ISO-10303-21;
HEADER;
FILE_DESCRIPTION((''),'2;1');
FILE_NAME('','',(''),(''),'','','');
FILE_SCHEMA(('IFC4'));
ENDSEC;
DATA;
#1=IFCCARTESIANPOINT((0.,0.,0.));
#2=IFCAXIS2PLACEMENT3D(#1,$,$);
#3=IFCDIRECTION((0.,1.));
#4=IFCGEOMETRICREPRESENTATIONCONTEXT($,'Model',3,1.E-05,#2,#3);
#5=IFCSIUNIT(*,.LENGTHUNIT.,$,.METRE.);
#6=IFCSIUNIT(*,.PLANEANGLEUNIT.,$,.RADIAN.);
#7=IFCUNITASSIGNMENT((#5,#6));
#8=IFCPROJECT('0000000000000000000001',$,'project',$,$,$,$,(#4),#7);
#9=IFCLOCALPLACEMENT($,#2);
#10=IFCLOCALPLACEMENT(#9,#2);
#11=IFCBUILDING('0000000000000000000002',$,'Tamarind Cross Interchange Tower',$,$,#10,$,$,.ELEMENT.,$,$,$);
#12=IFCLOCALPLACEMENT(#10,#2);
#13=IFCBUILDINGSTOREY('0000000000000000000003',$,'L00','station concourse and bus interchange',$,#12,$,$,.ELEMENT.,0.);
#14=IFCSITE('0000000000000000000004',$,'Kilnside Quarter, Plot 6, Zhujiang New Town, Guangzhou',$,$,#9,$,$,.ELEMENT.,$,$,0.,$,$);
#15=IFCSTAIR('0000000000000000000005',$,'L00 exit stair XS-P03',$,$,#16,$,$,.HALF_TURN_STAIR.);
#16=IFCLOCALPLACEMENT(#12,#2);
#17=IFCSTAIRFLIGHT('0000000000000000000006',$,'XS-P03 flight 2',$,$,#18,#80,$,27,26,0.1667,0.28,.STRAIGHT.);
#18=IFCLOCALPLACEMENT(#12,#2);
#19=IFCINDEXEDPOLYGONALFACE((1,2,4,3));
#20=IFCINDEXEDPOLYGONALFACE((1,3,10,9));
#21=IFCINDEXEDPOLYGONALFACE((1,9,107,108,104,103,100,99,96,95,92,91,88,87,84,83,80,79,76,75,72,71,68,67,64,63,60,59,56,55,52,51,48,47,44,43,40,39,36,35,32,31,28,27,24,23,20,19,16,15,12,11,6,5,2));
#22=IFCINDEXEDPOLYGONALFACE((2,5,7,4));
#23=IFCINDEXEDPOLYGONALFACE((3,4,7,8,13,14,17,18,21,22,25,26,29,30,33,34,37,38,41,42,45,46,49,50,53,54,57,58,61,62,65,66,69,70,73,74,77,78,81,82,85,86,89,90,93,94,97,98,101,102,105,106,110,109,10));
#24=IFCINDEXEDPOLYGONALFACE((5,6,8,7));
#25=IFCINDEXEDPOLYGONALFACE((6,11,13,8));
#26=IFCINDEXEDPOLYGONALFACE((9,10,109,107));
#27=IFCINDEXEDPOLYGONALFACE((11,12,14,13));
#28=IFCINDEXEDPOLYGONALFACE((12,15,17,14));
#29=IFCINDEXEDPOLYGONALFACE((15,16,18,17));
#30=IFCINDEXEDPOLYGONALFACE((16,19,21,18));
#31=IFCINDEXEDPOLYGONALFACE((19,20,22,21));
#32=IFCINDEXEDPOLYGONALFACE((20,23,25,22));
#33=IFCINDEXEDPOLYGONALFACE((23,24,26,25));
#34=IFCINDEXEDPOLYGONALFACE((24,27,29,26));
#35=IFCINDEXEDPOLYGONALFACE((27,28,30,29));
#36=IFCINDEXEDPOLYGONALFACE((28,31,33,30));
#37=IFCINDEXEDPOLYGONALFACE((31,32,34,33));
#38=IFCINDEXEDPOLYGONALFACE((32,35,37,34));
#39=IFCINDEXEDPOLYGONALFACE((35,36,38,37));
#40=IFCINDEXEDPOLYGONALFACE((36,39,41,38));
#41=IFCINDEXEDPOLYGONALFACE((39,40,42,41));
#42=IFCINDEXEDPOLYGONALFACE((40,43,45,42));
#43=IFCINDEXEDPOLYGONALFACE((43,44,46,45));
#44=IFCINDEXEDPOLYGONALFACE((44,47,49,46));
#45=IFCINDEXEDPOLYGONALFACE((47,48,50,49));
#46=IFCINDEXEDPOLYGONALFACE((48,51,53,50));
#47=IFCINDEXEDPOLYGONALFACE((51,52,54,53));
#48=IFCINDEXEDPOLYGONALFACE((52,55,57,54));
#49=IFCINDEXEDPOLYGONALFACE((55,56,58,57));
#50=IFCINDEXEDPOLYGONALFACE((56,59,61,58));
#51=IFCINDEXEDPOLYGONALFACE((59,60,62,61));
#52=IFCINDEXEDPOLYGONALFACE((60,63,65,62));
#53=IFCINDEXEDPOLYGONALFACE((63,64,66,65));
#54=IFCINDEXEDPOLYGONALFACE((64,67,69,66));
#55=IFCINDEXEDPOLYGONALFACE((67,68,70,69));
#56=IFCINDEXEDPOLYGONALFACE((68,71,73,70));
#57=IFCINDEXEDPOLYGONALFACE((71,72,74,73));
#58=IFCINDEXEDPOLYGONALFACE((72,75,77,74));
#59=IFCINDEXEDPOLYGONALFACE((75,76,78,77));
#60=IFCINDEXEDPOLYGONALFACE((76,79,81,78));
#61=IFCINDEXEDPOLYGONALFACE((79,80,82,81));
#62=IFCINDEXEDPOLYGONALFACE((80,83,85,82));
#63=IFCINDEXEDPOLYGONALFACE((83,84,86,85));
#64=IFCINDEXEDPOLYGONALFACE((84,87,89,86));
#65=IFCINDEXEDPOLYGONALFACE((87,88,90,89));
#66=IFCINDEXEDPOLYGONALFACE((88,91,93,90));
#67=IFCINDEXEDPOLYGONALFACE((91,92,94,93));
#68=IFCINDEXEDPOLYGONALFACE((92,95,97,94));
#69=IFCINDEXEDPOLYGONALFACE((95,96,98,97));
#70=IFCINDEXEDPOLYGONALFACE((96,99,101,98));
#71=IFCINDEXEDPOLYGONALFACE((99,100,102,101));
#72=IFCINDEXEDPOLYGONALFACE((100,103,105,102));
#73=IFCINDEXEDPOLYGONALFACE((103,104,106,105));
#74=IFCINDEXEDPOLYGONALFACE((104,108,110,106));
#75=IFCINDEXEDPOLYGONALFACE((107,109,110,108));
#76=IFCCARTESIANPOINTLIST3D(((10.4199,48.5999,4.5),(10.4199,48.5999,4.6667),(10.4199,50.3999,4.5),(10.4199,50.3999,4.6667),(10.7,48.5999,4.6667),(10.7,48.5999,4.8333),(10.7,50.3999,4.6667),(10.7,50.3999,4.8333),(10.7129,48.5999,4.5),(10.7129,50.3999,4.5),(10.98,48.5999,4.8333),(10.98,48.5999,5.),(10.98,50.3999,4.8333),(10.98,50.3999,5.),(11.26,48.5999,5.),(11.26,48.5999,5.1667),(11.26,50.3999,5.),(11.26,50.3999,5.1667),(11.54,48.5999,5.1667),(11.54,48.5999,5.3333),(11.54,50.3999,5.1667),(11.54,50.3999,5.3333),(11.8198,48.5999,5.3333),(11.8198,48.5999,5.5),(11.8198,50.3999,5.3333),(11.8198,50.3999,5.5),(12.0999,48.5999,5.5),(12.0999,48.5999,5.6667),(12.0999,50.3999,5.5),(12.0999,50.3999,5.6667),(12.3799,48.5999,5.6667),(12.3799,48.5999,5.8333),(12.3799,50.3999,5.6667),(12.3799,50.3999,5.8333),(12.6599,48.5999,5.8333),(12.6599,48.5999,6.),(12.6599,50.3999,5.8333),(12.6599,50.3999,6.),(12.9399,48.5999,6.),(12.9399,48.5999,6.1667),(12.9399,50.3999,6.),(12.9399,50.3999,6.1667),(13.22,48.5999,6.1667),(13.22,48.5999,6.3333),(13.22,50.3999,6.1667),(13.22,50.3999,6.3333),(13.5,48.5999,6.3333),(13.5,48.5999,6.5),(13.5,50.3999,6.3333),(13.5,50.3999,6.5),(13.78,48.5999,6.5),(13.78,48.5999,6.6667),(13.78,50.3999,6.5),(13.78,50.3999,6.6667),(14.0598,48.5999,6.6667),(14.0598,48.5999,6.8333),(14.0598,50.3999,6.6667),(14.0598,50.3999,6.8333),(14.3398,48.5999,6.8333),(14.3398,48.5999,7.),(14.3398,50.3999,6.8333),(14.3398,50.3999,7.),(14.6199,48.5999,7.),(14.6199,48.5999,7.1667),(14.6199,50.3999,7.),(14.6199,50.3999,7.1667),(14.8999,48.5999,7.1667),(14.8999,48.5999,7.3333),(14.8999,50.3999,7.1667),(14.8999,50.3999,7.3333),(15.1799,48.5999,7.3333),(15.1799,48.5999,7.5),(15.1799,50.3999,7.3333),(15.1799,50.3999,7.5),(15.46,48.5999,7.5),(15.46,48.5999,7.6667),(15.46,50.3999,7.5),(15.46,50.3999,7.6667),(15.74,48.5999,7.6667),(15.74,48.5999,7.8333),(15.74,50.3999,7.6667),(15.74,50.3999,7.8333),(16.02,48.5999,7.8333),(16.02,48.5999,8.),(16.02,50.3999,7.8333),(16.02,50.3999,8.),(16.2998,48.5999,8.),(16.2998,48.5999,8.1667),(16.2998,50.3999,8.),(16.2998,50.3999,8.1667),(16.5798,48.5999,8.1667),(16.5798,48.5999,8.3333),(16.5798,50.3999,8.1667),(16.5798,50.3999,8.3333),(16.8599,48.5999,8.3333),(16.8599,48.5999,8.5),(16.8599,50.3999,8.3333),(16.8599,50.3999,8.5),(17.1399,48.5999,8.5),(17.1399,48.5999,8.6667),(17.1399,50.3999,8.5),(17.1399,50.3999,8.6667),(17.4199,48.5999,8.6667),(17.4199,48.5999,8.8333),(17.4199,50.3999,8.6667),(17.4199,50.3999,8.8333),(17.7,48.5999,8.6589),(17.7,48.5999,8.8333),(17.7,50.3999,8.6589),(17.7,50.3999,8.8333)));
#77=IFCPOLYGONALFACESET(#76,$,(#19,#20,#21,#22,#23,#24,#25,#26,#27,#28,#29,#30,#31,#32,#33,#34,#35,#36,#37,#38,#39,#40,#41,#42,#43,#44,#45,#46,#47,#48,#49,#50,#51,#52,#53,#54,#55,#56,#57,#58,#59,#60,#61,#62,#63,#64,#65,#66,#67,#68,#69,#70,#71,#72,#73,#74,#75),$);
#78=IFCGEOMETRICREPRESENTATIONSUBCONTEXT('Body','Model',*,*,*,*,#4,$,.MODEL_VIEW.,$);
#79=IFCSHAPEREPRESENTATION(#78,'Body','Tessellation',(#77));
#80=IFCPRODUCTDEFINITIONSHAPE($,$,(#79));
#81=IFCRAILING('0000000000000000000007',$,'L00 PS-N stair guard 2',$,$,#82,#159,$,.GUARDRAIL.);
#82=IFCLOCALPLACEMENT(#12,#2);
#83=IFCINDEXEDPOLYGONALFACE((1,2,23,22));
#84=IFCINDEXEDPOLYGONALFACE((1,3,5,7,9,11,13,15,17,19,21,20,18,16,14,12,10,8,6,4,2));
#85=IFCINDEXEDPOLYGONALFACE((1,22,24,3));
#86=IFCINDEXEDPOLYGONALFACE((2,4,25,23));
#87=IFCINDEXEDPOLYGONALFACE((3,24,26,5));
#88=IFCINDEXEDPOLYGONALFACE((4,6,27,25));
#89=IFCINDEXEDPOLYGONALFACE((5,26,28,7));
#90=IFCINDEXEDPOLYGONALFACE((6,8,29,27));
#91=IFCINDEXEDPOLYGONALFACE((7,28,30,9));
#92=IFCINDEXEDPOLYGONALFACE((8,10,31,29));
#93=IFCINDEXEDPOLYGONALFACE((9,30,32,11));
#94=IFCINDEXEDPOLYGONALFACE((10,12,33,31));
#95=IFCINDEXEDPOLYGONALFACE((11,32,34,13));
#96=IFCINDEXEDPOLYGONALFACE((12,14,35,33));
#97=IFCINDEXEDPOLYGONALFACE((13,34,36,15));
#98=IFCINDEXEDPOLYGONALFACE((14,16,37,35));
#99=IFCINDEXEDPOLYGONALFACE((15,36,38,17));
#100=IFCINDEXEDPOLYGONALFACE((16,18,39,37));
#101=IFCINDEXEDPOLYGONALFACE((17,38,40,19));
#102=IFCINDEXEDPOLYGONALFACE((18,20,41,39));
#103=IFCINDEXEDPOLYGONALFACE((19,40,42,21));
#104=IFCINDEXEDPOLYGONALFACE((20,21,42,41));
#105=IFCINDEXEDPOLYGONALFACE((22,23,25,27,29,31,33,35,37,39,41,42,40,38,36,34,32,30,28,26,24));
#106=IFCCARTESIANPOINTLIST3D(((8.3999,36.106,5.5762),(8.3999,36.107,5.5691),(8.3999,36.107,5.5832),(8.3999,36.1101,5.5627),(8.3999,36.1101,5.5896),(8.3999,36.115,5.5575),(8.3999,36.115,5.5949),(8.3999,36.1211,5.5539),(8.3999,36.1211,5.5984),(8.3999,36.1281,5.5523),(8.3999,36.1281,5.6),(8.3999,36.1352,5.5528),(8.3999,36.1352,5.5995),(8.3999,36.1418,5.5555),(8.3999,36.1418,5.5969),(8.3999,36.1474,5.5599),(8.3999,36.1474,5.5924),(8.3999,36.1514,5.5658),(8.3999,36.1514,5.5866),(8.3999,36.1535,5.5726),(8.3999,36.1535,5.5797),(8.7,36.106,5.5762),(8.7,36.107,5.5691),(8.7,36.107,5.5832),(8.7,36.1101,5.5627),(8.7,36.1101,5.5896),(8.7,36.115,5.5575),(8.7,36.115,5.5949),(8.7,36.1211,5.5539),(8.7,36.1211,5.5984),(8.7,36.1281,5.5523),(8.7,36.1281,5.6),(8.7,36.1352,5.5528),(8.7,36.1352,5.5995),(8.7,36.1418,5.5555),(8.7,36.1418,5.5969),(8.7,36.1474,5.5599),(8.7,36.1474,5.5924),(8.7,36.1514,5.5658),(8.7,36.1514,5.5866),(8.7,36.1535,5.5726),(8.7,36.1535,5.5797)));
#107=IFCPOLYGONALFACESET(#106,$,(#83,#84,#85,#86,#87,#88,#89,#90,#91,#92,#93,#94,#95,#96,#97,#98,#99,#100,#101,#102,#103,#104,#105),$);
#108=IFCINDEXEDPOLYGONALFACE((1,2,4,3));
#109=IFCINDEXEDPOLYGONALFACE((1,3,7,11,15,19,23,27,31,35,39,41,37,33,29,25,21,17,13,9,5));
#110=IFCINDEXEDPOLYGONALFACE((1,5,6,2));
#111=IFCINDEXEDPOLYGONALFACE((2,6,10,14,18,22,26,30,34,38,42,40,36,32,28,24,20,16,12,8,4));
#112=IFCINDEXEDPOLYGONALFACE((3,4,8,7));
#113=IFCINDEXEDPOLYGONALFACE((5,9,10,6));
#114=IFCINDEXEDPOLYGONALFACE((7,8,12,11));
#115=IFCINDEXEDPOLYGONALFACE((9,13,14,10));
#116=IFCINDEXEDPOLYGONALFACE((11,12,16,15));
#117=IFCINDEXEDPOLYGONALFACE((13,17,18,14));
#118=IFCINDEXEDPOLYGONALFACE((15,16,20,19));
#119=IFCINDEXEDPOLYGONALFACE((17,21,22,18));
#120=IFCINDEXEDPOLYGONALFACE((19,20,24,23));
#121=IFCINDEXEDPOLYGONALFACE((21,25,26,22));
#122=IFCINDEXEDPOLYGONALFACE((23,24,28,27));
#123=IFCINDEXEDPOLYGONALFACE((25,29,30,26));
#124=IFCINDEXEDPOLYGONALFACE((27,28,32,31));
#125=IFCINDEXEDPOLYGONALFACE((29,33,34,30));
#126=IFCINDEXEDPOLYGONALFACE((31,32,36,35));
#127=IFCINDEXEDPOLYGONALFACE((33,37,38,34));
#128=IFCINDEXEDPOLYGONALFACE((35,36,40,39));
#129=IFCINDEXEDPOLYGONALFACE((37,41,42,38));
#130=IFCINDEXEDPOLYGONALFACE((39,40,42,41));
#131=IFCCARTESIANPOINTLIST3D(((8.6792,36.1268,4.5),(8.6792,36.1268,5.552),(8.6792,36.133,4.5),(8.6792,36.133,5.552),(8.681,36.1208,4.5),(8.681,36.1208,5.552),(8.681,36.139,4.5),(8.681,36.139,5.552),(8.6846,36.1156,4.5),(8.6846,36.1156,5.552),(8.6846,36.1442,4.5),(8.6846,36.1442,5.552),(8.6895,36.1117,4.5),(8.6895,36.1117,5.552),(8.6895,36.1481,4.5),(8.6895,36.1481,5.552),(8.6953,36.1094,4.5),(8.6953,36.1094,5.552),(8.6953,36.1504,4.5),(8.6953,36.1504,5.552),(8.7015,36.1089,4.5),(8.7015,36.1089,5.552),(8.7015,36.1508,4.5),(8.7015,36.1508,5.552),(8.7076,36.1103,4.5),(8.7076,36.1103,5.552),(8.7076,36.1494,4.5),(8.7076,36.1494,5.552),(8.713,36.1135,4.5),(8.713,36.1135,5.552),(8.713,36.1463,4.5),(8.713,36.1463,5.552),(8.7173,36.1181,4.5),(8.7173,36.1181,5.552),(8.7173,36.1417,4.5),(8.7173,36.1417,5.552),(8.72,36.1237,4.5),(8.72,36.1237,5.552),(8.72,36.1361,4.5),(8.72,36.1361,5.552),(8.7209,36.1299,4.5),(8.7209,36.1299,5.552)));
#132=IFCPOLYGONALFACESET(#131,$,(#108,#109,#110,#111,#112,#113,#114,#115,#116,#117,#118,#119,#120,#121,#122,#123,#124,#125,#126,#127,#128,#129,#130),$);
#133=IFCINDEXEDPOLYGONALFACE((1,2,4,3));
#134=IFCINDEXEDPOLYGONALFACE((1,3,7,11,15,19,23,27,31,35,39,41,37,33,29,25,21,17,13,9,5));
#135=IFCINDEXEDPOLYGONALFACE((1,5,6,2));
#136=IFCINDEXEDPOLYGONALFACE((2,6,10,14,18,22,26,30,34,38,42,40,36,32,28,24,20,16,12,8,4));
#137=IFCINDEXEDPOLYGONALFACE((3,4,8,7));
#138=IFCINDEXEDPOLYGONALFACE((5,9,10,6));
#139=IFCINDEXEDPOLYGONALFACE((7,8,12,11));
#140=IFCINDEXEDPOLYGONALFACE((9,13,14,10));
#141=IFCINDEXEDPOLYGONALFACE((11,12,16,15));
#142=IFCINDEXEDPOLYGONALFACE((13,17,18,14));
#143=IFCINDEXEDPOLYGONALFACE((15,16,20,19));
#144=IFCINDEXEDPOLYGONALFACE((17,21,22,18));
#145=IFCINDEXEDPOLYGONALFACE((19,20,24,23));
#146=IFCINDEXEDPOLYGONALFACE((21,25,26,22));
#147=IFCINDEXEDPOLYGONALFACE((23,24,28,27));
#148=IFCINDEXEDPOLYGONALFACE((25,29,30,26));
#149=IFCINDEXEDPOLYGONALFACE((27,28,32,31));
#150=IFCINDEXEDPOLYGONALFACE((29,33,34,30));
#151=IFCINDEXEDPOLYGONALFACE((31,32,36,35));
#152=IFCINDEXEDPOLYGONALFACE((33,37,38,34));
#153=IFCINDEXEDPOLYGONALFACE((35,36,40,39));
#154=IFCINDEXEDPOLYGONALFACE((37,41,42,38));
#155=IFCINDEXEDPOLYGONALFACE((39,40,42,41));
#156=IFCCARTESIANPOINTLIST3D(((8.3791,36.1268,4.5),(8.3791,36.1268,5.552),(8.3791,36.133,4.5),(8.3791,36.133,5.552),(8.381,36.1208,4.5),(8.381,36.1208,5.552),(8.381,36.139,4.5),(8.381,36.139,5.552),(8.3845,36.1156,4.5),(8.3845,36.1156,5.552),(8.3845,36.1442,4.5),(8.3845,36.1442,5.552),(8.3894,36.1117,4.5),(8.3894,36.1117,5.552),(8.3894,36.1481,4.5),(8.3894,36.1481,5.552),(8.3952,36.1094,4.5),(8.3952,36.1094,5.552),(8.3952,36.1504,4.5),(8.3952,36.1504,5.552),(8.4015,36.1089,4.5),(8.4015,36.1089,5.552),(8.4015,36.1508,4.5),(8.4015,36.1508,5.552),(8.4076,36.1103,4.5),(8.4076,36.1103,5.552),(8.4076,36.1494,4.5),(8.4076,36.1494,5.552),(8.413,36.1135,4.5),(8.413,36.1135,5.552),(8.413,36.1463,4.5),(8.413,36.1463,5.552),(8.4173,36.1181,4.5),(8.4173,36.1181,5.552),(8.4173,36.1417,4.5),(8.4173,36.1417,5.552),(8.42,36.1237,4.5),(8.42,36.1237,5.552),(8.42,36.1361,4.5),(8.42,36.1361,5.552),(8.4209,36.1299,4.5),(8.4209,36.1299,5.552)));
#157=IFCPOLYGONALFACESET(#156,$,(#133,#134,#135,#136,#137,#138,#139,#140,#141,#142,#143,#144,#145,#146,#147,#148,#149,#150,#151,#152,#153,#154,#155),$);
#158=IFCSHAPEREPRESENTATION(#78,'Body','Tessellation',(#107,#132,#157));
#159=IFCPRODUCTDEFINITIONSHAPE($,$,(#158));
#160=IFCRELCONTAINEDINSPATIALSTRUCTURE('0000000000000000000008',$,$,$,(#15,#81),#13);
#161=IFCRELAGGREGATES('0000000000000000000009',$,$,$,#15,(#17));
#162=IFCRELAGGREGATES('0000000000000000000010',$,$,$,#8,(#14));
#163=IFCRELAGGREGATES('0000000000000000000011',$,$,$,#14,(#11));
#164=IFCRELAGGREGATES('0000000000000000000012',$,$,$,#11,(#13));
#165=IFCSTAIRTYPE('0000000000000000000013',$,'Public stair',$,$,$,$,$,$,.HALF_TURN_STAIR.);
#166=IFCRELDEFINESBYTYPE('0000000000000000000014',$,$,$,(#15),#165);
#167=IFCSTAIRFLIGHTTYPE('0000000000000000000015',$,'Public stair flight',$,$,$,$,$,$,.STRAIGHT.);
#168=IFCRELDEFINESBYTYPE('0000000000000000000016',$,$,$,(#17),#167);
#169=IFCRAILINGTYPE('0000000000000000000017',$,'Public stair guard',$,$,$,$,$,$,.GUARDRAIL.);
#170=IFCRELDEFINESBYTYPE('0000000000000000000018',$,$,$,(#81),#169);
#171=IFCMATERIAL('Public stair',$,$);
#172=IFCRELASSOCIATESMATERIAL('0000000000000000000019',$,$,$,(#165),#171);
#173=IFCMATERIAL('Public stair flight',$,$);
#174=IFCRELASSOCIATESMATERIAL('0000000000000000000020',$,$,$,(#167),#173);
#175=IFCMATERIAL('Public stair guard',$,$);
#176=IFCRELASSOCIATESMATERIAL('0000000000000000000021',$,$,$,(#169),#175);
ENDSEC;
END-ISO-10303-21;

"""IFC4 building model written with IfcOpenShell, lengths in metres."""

from ifc_helpers import new_model, si_unit, direction, frame, origin, origin_2d, place, context, subcontext, project, spatial, polyline, circle, outline, extrude, material, type_object, element, aggregate, save


model = new_model("IFC4")

# Units and contexts
model_context = context("Model", 3, precision=1e-05, world=origin(), true_north=direction((0.0, 1.0)))
body_context = subcontext(model_context, "Body", "Model", "MODEL_VIEW")
ifc_project = project(units=[si_unit("LENGTHUNIT", "METRE"), si_unit("PLANEANGLEUNIT", "RADIAN")], contexts=[model_context])

# Site, building, storey
site_placement = place(None, origin())
site = spatial("IfcSite", under=ifc_project, at=site_placement, Name="Kilnside Quarter, Plot 6, Zhujiang New Town, Guangzhou", CompositionType="ELEMENT", RefElevation=0.0)
building_placement = place(site_placement, origin())
building = spatial("IfcBuilding", under=site, at=building_placement, Name="Tamarind Cross Interchange Tower", CompositionType="ELEMENT")
storey_placement = place(building_placement, origin())
storey = spatial("IfcBuildingStorey", under=building, at=storey_placement, Name="L00", Description="station concourse and bus interchange", CompositionType="ELEMENT", Elevation=0.0)

# Stair, stair flight
ifc_material_1 = material(Name="Public stair")
stair_type = type_object("IfcStairType", Name="Public stair", PredefinedType="HALF_TURN_STAIR", material=ifc_material_1)
stair_placement = place(storey_placement, origin())
stair = element("IfcStair", 1, at=stair_placement, inside=storey, type_object=stair_type, Name="L00 exit stair XS-P03", PredefinedType="HALF_TURN_STAIR")
ifc_material_2 = material(Name="Public stair flight")
stair_flight_type = type_object("IfcStairFlightType", Name="Public stair flight", PredefinedType="STRAIGHT", material=ifc_material_2)
stair_flight_placement = place(storey_placement, frame((10.4199, 49.5, 4.5), z_axis=(0.0, 0.0, 1.0), x_axis=(1.0, 0.0, 0.0)))
stair_flight = element("IfcStairFlight", 2, at=stair_flight_placement, type_object=stair_flight_type, Name="XS-P03 flight 2", NumberOfRisers=27, NumberOfTreads=26, PredefinedType="STRAIGHT", RiserHeight=0.1667, TreadLength=0.28, context=body_context, shape_type="SweptSolid", body=[
    extrude(outline(polyline([(0.0, 0.0), (0.0, 0.1667), (0.28, 0.1667), (0.28, 0.3333), (0.5601, 0.3333), (0.5601, 0.5), (0.8401, 0.5), (0.8401, 0.6667), (1.1201, 0.6667), (1.1201, 0.8333), (1.3999, 0.8333), (1.3999, 1.0), (1.6799, 1.0), (1.6799, 1.1667), (1.96, 1.1667), (1.96, 1.3333), (2.24, 1.3333), (2.24, 1.5), (2.52, 1.5), (2.52, 1.6667), (2.8, 1.6667), (2.8, 1.8333), (3.0801, 1.8333), (3.0801, 2.0), (3.3601, 2.0), (3.3601, 2.1667), (3.6399, 2.1667), (3.6399, 2.3333), (3.9199, 2.3333), (3.9199, 2.5), (4.2, 2.5), (4.2, 2.6667), (4.48, 2.6667), (4.48, 2.8333), (4.76, 2.8333), (4.76, 3.0), (5.04, 3.0), (5.04, 3.1667), (5.3201, 3.1667), (5.3201, 3.3333), (5.6001, 3.3333), (5.6001, 3.5), (5.8799, 3.5), (5.8799, 3.6667), (6.1599, 3.6667), (6.1599, 3.8333), (6.4399, 3.8333), (6.4399, 4.0), (6.72, 4.0), (6.72, 4.1667), (7.0, 4.1667), (7.0, 4.3333), (7.28, 4.3333), (7.28, 4.5), (7.28, 4.1589), (0.293, 0.0), (0.0, 0.0)])), frame((0.0, 0.8999, 0.0), z_axis=(0.0, -1.0, 0.0), x_axis=(1.0, 0.0, 0.0)), (0.0, 0.0, 1.0), 1.8),
])
aggregate(stair, [stair_flight])

# Railing
ifc_material_3 = material(Name="Public stair guard")
railing_type_1 = type_object("IfcRailingType", Name="Public stair guard", PredefinedType="GUARDRAIL", material=ifc_material_3)
railing_1_placement = place(storey_placement, frame((8.7, 36.1299, 4.5)))
element("IfcRailing", 3, at=railing_1_placement, inside=storey, type_object=railing_type_1, Name="L00 PS-N stair guard 2", PredefinedType="GUARDRAIL", context=body_context, shape_type="SweptSolid", body=[
    extrude(circle(Radius=0.0239, at=origin_2d()), frame((0.0, 0.0, 1.0762), z_axis=(-1.0, 0.0, 0.0), x_axis=(0.0, -1.0, 0.0)), (0.0, 0.0, 1.0), 0.3),
    extrude(circle(Radius=0.021, at=origin_2d()), origin(), (0.0, 0.0, 1.0), 1.052),
    extrude(circle(Radius=0.021, at=origin_2d()), frame((-0.3, 0.0, 0.0)), (0.0, 0.0, 1.0), 1.052),
])

save(model, "model.ifc")
